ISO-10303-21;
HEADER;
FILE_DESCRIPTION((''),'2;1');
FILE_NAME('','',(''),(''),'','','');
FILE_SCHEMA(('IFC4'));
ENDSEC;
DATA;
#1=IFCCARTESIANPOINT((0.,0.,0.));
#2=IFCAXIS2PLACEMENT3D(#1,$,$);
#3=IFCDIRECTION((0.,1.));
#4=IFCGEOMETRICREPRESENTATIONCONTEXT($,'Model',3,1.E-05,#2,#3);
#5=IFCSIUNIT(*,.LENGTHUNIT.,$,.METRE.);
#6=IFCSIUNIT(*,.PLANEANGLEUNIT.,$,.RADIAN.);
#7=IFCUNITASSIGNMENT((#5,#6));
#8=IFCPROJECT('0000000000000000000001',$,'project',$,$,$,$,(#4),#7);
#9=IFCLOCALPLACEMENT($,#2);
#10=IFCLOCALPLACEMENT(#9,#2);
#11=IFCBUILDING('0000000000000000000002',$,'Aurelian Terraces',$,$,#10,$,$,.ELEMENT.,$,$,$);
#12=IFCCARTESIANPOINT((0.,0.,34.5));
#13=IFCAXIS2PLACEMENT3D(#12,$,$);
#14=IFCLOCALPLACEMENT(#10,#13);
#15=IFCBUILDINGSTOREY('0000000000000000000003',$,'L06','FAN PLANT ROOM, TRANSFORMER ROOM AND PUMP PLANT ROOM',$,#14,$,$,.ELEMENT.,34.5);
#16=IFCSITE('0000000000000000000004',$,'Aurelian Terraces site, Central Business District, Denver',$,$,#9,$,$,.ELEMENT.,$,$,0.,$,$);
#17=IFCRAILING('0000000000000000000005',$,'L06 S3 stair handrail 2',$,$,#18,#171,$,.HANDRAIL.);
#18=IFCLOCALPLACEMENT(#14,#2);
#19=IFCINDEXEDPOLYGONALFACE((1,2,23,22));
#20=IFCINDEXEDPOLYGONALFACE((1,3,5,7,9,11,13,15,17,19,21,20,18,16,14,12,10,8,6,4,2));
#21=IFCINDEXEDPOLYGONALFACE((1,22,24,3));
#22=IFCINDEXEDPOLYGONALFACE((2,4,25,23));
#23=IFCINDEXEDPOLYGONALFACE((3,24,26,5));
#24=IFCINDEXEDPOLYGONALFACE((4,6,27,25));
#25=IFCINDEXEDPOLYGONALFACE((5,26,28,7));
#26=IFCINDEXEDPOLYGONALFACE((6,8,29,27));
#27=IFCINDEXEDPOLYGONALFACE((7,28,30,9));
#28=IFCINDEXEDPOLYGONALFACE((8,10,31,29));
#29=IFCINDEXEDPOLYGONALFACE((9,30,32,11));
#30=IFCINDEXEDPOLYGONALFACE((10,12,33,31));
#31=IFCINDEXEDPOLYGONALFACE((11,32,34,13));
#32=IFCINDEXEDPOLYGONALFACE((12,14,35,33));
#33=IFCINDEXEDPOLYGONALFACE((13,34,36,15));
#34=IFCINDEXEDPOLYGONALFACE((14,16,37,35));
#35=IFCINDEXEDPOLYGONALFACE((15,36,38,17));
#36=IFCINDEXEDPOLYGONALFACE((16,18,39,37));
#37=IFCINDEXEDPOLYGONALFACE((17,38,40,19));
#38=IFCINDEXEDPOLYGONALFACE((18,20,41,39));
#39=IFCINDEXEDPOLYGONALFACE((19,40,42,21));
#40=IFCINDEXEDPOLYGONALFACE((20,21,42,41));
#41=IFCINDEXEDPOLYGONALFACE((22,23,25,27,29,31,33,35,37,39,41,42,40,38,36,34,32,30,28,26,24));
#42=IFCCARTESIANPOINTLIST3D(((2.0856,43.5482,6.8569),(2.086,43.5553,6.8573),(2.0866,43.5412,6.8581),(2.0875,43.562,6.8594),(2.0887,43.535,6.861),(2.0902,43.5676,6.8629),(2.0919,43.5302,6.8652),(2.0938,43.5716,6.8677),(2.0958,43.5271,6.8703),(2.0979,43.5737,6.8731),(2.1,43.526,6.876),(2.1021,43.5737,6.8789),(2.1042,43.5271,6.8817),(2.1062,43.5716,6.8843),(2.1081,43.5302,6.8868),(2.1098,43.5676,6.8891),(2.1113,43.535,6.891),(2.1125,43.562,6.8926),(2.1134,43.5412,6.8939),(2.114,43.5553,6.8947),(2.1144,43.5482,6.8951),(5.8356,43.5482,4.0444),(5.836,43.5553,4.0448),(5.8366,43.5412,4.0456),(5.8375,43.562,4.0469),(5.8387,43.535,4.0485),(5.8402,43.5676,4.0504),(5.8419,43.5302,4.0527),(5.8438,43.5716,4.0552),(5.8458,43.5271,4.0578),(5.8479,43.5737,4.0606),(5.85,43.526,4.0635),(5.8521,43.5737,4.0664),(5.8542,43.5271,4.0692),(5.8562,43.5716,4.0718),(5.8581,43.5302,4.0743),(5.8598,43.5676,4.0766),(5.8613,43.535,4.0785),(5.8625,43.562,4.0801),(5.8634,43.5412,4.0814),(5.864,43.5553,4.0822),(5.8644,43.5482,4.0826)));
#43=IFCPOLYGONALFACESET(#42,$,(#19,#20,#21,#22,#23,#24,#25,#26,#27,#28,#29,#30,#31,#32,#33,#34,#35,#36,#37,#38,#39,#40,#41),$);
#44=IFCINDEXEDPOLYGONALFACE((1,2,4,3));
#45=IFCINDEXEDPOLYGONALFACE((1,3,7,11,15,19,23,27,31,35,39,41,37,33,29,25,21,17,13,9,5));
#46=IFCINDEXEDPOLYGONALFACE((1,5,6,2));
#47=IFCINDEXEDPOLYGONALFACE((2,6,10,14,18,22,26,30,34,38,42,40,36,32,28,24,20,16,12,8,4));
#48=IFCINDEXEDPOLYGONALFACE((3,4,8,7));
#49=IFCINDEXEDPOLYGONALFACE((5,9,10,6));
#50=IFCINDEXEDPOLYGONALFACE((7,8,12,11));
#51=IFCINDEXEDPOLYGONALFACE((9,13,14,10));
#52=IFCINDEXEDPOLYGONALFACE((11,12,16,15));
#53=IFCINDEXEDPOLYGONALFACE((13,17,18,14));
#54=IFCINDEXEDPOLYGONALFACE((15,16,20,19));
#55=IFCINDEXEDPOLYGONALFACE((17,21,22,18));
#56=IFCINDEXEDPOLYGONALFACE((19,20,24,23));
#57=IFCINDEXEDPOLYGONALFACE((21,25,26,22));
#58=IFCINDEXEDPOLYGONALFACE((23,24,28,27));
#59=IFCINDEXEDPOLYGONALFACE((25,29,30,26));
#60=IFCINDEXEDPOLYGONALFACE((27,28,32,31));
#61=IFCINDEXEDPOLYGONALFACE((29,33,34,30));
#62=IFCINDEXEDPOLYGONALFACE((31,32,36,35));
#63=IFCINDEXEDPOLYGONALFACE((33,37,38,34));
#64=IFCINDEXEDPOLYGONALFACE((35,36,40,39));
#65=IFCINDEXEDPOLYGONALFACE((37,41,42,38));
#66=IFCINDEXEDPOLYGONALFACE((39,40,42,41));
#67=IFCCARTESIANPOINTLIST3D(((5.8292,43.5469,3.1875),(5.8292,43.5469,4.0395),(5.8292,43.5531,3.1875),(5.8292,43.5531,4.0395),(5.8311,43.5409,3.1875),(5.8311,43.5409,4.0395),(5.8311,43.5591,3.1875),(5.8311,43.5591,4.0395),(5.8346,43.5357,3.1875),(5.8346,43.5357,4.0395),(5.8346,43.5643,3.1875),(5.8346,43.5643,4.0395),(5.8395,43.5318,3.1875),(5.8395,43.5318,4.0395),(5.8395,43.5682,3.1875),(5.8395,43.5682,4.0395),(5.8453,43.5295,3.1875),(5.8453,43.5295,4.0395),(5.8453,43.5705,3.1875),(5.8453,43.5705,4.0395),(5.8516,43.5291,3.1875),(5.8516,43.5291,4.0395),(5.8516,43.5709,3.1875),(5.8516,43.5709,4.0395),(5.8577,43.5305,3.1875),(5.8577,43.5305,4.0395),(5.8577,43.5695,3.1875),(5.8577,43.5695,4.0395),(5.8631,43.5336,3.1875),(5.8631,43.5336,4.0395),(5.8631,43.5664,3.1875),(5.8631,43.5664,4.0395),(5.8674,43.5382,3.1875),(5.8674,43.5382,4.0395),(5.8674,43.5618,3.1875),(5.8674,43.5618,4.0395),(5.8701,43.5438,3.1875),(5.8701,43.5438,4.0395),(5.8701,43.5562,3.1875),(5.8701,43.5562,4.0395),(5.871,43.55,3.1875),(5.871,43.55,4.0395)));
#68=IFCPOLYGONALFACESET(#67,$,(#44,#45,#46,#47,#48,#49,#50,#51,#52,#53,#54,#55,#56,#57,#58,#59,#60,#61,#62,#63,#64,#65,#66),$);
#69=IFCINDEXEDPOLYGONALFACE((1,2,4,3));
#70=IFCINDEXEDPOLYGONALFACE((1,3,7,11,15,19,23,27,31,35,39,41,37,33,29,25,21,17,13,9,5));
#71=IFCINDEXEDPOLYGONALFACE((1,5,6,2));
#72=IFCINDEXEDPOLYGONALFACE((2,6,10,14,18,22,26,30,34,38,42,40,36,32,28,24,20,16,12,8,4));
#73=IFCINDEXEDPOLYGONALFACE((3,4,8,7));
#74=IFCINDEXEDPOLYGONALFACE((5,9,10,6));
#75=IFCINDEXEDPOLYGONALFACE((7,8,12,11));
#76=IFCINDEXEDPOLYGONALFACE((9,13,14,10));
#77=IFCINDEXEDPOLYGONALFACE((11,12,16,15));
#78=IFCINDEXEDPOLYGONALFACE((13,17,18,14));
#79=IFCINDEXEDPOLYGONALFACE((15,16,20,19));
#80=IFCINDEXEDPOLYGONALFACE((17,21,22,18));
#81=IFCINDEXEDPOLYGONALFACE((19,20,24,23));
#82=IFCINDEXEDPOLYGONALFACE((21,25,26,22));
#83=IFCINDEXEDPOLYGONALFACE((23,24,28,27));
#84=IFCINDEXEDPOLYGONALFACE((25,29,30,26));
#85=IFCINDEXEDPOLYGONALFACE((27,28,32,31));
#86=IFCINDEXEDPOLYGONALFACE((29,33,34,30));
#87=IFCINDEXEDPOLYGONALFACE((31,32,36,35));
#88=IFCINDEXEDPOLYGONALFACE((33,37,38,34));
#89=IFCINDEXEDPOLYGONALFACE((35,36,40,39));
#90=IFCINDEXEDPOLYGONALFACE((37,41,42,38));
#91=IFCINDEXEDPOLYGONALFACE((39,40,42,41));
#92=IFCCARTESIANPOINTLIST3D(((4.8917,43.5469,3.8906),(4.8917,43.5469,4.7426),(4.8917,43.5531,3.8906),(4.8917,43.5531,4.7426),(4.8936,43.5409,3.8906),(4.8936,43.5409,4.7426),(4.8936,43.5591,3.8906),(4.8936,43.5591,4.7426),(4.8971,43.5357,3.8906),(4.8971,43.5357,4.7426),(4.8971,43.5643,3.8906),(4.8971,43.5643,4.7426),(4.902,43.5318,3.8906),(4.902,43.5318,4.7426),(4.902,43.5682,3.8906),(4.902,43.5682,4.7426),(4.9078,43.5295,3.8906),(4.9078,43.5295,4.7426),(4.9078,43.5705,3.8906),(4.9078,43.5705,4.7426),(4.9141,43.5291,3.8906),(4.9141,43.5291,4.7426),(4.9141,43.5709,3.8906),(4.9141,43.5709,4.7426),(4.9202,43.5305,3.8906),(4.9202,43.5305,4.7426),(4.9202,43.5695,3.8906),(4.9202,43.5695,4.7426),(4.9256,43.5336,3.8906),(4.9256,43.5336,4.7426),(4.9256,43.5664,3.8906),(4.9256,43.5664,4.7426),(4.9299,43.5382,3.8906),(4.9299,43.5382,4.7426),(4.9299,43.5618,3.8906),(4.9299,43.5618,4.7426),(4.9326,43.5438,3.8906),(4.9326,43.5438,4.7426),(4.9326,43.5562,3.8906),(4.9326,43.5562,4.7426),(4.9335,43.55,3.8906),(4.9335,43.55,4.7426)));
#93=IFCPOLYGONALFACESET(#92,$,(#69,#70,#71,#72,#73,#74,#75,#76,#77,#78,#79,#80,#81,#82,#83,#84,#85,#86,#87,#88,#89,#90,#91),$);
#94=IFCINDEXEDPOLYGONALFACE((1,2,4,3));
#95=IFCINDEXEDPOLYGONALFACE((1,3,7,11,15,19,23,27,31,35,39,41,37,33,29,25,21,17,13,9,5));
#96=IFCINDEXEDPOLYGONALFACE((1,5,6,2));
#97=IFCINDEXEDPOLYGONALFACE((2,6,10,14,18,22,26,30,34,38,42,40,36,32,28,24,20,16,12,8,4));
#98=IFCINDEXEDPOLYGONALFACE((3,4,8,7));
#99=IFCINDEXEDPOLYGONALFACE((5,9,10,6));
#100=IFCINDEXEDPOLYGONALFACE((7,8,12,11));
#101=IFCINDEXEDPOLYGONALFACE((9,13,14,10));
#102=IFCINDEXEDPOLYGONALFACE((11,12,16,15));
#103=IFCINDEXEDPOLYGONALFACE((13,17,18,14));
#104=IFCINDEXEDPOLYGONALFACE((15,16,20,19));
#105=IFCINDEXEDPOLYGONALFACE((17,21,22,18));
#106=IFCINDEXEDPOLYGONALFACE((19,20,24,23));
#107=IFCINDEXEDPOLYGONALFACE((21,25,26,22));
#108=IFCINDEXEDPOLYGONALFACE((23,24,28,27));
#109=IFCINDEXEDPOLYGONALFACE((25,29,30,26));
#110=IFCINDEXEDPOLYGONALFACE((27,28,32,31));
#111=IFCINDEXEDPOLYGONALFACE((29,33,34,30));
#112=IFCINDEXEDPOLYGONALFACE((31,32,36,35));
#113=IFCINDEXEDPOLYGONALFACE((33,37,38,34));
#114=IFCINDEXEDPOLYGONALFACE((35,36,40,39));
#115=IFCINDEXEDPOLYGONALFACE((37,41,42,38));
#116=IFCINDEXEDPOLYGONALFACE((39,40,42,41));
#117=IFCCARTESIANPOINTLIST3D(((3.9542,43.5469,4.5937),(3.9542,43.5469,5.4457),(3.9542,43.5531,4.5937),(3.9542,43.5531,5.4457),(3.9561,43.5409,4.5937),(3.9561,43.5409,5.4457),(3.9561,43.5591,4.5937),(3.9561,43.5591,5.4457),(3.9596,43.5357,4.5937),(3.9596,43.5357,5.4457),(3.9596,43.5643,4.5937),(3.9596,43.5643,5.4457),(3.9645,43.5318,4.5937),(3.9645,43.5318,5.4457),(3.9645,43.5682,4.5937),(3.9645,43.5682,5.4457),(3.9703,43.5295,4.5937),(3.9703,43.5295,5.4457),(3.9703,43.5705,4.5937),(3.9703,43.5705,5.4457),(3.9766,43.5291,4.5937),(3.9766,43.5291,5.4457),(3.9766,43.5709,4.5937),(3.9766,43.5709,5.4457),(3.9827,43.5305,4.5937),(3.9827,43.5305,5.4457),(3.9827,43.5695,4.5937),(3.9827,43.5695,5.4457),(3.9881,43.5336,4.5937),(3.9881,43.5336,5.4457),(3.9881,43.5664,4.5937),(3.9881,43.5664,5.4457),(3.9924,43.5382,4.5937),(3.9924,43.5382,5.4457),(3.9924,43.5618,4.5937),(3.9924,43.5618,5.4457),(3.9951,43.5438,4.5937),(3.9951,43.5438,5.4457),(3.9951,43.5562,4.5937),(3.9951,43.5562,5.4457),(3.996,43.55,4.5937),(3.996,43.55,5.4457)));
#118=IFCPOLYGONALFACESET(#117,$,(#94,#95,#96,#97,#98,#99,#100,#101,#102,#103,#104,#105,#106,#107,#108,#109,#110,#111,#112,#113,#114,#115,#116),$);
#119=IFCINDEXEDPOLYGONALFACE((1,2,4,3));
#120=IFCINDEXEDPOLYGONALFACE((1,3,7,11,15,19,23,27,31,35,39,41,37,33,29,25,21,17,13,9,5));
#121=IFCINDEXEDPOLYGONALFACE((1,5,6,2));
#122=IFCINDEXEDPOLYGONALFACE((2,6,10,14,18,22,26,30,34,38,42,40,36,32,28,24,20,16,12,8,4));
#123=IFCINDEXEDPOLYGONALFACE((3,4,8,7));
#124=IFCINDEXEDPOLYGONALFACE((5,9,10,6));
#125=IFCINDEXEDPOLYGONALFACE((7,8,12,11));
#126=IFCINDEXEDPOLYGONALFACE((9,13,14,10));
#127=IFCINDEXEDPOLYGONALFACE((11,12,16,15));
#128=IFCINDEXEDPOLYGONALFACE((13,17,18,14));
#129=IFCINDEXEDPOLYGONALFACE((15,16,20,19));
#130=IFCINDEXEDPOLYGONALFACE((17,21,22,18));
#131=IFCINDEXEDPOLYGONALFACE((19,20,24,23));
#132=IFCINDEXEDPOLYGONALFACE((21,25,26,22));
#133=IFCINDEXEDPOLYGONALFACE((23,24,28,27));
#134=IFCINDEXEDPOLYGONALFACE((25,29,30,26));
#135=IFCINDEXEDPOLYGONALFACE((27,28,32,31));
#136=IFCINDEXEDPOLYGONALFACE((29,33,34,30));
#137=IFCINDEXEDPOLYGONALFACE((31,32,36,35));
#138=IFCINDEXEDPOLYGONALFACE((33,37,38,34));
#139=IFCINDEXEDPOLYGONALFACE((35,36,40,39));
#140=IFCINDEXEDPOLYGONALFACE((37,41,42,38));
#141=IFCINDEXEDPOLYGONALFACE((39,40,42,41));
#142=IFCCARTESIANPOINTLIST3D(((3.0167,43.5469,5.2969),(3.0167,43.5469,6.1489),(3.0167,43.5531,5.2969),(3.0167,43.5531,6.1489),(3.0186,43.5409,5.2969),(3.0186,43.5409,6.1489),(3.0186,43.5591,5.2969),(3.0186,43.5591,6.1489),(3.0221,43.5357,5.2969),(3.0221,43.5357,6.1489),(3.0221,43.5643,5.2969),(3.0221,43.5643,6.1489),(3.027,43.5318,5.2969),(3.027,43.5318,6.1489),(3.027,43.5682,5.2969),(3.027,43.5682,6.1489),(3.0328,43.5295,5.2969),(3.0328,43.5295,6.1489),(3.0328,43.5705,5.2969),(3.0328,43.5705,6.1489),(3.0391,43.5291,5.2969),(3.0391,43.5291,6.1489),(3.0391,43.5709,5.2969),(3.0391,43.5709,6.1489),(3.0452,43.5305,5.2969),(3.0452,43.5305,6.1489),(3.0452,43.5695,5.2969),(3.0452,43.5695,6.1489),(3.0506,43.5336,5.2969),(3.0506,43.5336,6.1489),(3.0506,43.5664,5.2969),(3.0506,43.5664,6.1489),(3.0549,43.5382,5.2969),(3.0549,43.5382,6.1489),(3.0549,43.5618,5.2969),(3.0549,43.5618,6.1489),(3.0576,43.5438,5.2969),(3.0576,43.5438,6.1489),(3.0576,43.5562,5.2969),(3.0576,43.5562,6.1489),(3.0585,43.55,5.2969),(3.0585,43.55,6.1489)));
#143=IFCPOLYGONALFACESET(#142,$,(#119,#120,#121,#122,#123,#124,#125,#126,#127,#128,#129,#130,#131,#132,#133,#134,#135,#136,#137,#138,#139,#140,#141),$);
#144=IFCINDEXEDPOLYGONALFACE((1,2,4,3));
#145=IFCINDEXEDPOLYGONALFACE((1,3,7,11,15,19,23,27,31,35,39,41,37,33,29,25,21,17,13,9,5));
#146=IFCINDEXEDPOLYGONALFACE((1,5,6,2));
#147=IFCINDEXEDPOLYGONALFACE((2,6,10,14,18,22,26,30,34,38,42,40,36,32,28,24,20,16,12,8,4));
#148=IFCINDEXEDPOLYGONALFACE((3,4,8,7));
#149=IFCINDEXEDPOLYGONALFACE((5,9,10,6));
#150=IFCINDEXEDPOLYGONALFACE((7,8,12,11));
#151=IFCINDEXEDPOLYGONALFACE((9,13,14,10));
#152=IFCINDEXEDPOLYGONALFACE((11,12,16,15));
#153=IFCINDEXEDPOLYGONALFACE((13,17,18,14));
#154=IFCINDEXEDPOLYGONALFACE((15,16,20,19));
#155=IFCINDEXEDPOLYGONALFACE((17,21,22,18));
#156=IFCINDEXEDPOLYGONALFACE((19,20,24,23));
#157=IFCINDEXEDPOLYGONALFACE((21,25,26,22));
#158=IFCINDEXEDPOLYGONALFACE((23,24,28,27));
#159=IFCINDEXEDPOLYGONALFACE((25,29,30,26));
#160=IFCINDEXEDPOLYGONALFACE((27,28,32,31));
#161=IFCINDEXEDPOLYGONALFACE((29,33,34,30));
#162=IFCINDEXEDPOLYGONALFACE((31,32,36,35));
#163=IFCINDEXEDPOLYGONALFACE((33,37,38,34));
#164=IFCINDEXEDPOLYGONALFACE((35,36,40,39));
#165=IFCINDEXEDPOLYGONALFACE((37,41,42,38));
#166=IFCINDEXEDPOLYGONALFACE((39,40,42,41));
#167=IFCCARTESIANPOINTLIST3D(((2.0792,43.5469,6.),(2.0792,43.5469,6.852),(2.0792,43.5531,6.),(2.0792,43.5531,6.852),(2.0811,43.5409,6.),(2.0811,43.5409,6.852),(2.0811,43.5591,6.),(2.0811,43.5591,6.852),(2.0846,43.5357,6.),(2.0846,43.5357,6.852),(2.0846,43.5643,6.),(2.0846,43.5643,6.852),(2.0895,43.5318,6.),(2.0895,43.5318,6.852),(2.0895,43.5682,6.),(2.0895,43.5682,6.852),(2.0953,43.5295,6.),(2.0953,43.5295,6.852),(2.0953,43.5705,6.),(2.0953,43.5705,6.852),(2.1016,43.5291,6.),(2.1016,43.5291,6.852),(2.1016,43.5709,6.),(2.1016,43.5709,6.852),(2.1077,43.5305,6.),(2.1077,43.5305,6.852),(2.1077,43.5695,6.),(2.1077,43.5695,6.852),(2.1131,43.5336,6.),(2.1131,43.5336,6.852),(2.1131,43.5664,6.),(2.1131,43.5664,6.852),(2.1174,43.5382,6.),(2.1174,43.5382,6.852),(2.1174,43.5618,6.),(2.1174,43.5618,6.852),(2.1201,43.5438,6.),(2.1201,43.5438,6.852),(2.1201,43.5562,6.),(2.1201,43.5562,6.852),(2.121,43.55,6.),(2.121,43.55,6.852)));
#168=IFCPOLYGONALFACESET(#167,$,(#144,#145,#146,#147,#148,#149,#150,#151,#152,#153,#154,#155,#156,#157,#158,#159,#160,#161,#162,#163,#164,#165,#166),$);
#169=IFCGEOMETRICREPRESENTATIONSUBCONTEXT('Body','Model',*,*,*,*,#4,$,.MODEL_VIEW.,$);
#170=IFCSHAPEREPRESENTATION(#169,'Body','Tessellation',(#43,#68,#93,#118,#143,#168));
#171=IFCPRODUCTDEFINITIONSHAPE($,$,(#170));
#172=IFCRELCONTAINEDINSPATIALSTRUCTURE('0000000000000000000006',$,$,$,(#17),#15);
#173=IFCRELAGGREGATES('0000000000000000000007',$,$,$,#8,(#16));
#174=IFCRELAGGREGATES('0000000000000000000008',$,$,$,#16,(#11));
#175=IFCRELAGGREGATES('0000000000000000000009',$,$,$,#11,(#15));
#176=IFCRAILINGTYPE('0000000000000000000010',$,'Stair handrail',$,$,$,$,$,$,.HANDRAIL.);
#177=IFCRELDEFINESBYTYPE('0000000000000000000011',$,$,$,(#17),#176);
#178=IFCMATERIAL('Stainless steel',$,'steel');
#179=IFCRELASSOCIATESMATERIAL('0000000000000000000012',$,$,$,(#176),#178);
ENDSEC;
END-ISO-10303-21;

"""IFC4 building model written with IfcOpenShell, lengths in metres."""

from ifc_helpers import new_model, si_unit, direction, frame, origin, origin_2d, place, context, subcontext, project, spatial, circle, extrude, material, type_object, element, save


model = new_model("IFC4")

# Units and contexts
model_context = context("Model", 3, precision=1e-05, world=origin(), true_north=direction((0.0, 1.0)))
body_context = subcontext(model_context, "Body", "Model", "MODEL_VIEW")
ifc_project = project(units=[si_unit("LENGTHUNIT", "METRE"), si_unit("PLANEANGLEUNIT", "RADIAN")], contexts=[model_context])

# Site, building, storey
site_placement = place(None, origin())
site = spatial("IfcSite", under=ifc_project, at=site_placement, Name="Aurelian Terraces site, Central Business District, Denver", CompositionType="ELEMENT", RefElevation=0.0)
building_placement = place(site_placement, origin())
building = spatial("IfcBuilding", under=site, at=building_placement, Name="Aurelian Terraces", CompositionType="ELEMENT")
storey_placement = place(building_placement, frame((0.0, 0.0, 34.5)))
storey = spatial("IfcBuildingStorey", under=building, at=storey_placement, Name="L06", Description="FAN PLANT ROOM, TRANSFORMER ROOM AND PUMP PLANT ROOM", CompositionType="ELEMENT", Elevation=34.5)

# Railing
ifc_material_1 = material(Name="Stainless steel", Category="steel")
railing_type_1 = type_object("IfcRailingType", Name="Stair handrail", PredefinedType="HANDRAIL", material=ifc_material_1)
railing_1_placement = place(storey_placement, frame((5.85, 43.55, 3.1875)))
element("IfcRailing", 1, at=railing_1_placement, inside=storey, type_object=railing_type_1, Name="L06 S3 stair handrail 2", PredefinedType="HANDRAIL", context=body_context, shape_type="SweptSolid", body=[
    extrude(circle(Radius=0.024, at=origin_2d()), frame((0.0, 0.0, 0.876), z_axis=(-0.8, 0.0, 0.6), x_axis=(0.0, -1.0, 0.0)), (0.0, 0.0, 1.0), 4.6875),
    extrude(circle(Radius=0.021, at=origin_2d()), origin(), (0.0, 0.0, 1.0), 0.852),
    extrude(circle(Radius=0.021, at=origin_2d()), frame((-0.9375, 0.0, 0.7031)), (0.0, 0.0, 1.0), 0.852),
    extrude(circle(Radius=0.021, at=origin_2d()), frame((-1.875, 0.0, 1.4062)), (0.0, 0.0, 1.0), 0.852),
    extrude(circle(Radius=0.021, at=origin_2d()), frame((-2.8125, 0.0, 2.1094)), (0.0, 0.0, 1.0), 0.852),
    extrude(circle(Radius=0.021, at=origin_2d()), frame((-3.75, 0.0, 2.8125)), (0.0, 0.0, 1.0), 0.852),
])

save(model, "model.ifc")
